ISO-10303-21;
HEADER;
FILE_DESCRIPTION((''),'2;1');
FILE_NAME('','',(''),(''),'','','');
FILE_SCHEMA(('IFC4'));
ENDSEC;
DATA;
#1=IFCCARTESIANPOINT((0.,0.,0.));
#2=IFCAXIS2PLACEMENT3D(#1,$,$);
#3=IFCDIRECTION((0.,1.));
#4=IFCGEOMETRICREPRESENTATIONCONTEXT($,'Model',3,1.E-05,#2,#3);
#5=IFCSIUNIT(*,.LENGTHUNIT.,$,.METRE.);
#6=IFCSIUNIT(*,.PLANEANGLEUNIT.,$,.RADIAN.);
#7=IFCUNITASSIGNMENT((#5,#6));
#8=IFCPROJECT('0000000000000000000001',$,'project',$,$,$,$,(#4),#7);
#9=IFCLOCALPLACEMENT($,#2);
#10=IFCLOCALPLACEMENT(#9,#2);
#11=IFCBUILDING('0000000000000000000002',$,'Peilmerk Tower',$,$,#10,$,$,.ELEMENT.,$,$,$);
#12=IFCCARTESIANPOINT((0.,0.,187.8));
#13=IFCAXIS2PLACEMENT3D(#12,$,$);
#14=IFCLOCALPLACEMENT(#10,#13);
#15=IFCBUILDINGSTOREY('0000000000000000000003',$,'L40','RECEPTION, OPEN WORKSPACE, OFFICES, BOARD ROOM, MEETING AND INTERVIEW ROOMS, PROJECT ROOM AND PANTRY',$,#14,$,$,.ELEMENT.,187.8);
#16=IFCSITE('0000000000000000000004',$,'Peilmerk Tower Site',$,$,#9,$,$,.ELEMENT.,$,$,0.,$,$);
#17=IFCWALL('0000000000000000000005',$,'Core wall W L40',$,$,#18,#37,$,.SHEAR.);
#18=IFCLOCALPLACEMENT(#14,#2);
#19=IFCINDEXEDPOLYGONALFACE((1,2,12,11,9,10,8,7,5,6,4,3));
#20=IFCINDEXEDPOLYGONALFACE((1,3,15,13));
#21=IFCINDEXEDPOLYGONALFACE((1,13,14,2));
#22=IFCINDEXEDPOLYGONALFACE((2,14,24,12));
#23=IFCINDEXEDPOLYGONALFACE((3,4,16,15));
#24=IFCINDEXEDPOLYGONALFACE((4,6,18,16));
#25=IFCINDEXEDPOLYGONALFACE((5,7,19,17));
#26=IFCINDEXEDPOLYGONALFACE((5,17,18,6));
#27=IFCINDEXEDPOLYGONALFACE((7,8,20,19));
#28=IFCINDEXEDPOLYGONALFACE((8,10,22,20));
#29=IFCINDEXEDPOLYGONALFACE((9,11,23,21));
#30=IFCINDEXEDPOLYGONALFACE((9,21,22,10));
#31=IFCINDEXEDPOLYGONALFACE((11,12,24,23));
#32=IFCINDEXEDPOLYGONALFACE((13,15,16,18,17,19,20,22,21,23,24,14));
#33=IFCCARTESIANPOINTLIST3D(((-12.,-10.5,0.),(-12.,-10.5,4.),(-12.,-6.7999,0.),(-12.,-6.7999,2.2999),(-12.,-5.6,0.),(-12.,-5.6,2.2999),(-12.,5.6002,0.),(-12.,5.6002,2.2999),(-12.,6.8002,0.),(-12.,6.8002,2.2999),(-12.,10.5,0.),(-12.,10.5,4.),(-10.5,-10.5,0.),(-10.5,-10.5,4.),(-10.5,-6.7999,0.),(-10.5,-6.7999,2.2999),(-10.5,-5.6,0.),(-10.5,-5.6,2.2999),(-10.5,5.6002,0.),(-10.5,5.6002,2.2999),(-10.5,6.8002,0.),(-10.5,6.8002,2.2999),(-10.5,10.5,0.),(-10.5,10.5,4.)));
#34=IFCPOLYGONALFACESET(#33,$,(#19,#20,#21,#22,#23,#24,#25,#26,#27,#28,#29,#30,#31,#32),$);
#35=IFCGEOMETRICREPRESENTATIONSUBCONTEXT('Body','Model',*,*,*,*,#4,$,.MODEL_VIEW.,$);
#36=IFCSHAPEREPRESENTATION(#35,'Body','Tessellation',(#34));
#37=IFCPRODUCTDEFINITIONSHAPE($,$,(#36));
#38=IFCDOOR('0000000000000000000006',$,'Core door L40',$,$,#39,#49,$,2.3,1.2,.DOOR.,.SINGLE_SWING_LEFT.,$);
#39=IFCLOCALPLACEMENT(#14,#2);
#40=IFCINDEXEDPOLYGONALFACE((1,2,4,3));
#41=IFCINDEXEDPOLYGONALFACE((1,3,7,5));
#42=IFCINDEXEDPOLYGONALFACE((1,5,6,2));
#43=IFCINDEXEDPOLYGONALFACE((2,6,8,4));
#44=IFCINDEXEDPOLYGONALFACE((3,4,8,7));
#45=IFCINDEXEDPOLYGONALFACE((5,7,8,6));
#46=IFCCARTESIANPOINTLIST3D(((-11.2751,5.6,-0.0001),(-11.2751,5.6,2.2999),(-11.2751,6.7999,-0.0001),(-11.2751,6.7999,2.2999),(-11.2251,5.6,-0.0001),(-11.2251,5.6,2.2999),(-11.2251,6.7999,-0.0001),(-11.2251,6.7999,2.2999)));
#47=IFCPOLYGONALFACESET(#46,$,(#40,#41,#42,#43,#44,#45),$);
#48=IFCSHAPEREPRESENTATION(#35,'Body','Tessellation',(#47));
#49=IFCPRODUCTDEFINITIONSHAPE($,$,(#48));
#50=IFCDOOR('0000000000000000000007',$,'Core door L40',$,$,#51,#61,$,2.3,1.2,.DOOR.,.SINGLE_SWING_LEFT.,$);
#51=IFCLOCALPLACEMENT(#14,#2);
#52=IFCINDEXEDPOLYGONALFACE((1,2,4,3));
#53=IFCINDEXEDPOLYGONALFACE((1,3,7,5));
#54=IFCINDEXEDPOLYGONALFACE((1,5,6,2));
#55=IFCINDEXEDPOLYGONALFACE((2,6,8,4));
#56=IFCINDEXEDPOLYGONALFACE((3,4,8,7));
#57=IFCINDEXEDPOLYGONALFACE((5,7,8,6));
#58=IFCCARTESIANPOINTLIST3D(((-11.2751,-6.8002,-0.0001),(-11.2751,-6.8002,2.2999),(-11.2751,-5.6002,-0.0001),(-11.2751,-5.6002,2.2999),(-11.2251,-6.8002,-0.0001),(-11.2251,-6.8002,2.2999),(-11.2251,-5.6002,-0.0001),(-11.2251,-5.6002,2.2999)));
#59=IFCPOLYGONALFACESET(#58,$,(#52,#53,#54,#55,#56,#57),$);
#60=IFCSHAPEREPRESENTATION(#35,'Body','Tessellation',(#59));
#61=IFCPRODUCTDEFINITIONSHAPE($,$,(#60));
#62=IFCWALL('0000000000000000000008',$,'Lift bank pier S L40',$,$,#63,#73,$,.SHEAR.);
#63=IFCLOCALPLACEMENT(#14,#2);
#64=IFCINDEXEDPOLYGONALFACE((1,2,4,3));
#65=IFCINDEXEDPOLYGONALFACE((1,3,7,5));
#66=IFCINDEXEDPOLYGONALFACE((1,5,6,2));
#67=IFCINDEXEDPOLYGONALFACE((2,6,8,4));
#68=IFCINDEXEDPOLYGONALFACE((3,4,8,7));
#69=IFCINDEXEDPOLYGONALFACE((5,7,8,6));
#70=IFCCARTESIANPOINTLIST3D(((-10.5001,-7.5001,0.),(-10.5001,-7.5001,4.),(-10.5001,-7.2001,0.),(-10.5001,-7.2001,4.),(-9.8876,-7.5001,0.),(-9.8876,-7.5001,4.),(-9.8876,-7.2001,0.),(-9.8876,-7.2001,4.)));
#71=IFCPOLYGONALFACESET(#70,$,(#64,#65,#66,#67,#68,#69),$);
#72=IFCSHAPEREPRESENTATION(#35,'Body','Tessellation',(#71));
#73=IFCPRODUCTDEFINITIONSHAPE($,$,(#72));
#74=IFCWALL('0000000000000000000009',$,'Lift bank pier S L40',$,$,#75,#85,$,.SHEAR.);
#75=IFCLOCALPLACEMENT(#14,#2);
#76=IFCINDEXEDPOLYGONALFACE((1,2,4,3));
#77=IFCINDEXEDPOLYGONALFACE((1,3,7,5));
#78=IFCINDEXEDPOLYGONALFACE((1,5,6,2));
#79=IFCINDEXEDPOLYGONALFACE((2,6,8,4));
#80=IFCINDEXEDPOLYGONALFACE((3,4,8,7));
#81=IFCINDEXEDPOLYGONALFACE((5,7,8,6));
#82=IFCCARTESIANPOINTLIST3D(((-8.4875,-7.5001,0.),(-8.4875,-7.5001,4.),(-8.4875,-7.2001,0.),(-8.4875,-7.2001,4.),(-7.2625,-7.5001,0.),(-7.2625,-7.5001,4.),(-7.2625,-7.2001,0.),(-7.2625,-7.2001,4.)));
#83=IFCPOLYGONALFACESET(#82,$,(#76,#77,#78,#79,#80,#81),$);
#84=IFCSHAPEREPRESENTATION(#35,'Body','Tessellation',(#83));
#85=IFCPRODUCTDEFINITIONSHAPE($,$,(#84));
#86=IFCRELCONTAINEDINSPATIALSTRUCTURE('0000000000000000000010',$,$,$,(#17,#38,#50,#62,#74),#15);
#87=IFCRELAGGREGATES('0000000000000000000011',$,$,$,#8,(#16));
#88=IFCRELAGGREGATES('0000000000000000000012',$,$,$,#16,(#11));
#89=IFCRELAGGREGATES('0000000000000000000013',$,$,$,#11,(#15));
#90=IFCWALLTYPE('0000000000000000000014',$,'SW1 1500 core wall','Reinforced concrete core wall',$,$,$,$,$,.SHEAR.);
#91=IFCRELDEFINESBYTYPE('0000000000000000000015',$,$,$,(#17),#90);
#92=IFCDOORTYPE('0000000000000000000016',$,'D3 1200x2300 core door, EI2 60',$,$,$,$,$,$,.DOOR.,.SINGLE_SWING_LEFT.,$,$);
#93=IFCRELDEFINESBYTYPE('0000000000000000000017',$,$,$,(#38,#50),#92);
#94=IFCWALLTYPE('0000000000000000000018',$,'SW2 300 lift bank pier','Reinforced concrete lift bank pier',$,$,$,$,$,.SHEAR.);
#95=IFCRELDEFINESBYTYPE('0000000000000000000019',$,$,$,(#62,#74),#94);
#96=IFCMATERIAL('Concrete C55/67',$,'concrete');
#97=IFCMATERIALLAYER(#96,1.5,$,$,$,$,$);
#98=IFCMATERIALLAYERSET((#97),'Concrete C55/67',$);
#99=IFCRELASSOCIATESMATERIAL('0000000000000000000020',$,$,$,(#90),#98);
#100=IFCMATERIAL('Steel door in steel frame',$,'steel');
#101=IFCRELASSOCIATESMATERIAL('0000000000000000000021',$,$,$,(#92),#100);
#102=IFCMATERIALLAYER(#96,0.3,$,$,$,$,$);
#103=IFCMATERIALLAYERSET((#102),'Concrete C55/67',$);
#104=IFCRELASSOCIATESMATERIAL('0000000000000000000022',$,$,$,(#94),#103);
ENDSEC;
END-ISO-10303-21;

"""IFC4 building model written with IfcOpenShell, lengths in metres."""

from ifc_helpers import new_model, si_unit, direction, frame, frame_2d, origin, place, context, subcontext, project, spatial, rectangle, extrude, material, layer, layer_set, type_object, element, fill, save


model = new_model("IFC4")

# Units and contexts
model_context = context("Model", 3, precision=1e-05, world=origin(), true_north=direction((0.0, 1.0)))
body_context = subcontext(model_context, "Body", "Model", "MODEL_VIEW")
ifc_project = project(units=[si_unit("LENGTHUNIT", "METRE"), si_unit("PLANEANGLEUNIT", "RADIAN")], contexts=[model_context])

# Site, building, storey
site_placement = place(None, origin())
site = spatial("IfcSite", under=ifc_project, at=site_placement, Name="Peilmerk Tower Site", CompositionType="ELEMENT", RefElevation=0.0)
building_placement = place(site_placement, origin())
building = spatial("IfcBuilding", under=site, at=building_placement, Name="Peilmerk Tower", CompositionType="ELEMENT")
storey_placement = place(building_placement, frame((0.0, 0.0, 187.8)))
storey = spatial("IfcBuildingStorey", under=building, at=storey_placement, Name="L40", Description="RECEPTION, OPEN WORKSPACE, OFFICES, BOARD ROOM, MEETING AND INTERVIEW ROOMS, PROJECT ROOM AND PANTRY", CompositionType="ELEMENT", Elevation=187.8)

# Wall, openings, doors
ifc_material_1 = material(Name="Concrete C55/67", Category="concrete")
ifc_layer_1 = layer(ifc_material_1, 1.5)
ifc_layer_set_1 = layer_set([ifc_layer_1], Name="Concrete C55/67")
wall_type_1 = type_object("IfcWallType", Name="SW1 1500 core wall", Description="Reinforced concrete core wall", PredefinedType="SHEAR", material=ifc_layer_set_1)
wall_1_placement = place(storey_placement, frame((-11.25, -10.5, 0.0), z_axis=(0.0, 0.0, 1.0), x_axis=(0.0, 1.0, 0.0)))
wall_1 = element("IfcWall", 1, at=wall_1_placement, inside=storey, type_object=wall_type_1, Name="Core wall W L40", PredefinedType="SHEAR", context=body_context, shape_type="SweptSolid", body=[
    extrude(rectangle(XDim=21.0, YDim=1.5, at=frame_2d((10.5, 0.0))), origin(), (0.0, 0.0, 1.0), 4.0),
])
opening_1_placement = place(wall_1_placement, frame((16.1001, 0.0, 0.0)))
opening_1 = element("IfcOpeningElement", 2, at=opening_1_placement, cuts=wall_1, PredefinedType="OPENING", context=body_context, shape_type="SweptSolid", body=[
    extrude(rectangle(XDim=1.2, YDim=2.3, at=frame_2d((0.6001, 1.1499))), frame((0.0, 0.76, 0.0), z_axis=(0.0, -1.0, 0.0), x_axis=(1.0, 0.0, 0.0)), (0.0, 0.0, 1.0), 1.52),
])
opening_2_placement = place(wall_1_placement, frame((3.7, 0.0, 0.0)))
opening_2 = element("IfcOpeningElement", 3, at=opening_2_placement, cuts=wall_1, PredefinedType="OPENING", context=body_context, shape_type="SweptSolid", body=[
    extrude(rectangle(XDim=1.2, YDim=2.3, at=frame_2d((0.6001, 1.1499))), frame((0.0, 0.76, 0.0), z_axis=(0.0, -1.0, 0.0), x_axis=(1.0, 0.0, 0.0)), (0.0, 0.0, 1.0), 1.52),
])
ifc_material_2 = material(Name="Steel door in steel frame", Category="steel")
door_type = type_object("IfcDoorType", Name="D3 1200x2300 core door, EI2 60", OperationType="SINGLE_SWING_LEFT", PredefinedType="DOOR", material=ifc_material_2)
door_1_placement = place(opening_1_placement, frame((1.2, 0.0, 0.0), z_axis=(0.0, 0.0, 1.0), x_axis=(-1.0, 0.0, 0.0)))
door_1 = element("IfcDoor", 4, at=door_1_placement, inside=storey, type_object=door_type, Name="Core door L40", OperationType="SINGLE_SWING_LEFT", OverallHeight=2.3, OverallWidth=1.2, PredefinedType="DOOR", context=body_context, shape_type="SweptSolid", body=[
    extrude(rectangle(XDim=1.2, YDim=2.3, at=frame_2d((0.6001, 1.1499))), frame((0.0, 0.0249, 0.0), z_axis=(0.0, -1.0, 0.0), x_axis=(1.0, 0.0, 0.0)), (0.0, 0.0, 1.0), 0.05),
])
fill(opening_1, door_1)
door_2_placement = place(opening_2_placement, frame((1.2, 0.0, 0.0), z_axis=(0.0, 0.0, 1.0), x_axis=(-1.0, 0.0, 0.0)))
door_2 = element("IfcDoor", 5, at=door_2_placement, inside=storey, type_object=door_type, Name="Core door L40", OperationType="SINGLE_SWING_LEFT", OverallHeight=2.3, OverallWidth=1.2, PredefinedType="DOOR", context=body_context, shape_type="SweptSolid", body=[
    extrude(rectangle(XDim=1.2, YDim=2.3, at=frame_2d((0.6001, 1.1499))), frame((0.0, 0.0249, 0.0), z_axis=(0.0, -1.0, 0.0), x_axis=(1.0, 0.0, 0.0)), (0.0, 0.0, 1.0), 0.05),
])
fill(opening_2, door_2)

# Walls
ifc_layer_2 = layer(ifc_material_1, 0.3)
ifc_layer_set_2 = layer_set([ifc_layer_2], Name="Concrete C55/67")
wall_type_2 = type_object("IfcWallType", Name="SW2 300 lift bank pier", Description="Reinforced concrete lift bank pier", PredefinedType="SHEAR", material=ifc_layer_set_2)
wall_2_placement = place(storey_placement, frame((-10.5, -7.3501, 0.0), z_axis=(0.0, 0.0, 1.0), x_axis=(1.0, 0.0, 0.0)))
element("IfcWall", 6, at=wall_2_placement, inside=storey, type_object=wall_type_2, Name="Lift bank pier S L40", PredefinedType="SHEAR", context=body_context, shape_type="SweptSolid", body=[
    extrude(rectangle(XDim=0.6125, YDim=0.3, at=frame_2d((0.3062, 0.0))), origin(), (0.0, 0.0, 1.0), 4.0),
])
wall_3_placement = place(storey_placement, frame((-8.4875, -7.3501, 0.0), z_axis=(0.0, 0.0, 1.0), x_axis=(1.0, 0.0, 0.0)))
element("IfcWall", 7, at=wall_3_placement, inside=storey, type_object=wall_type_2, Name="Lift bank pier S L40", PredefinedType="SHEAR", context=body_context, shape_type="SweptSolid", body=[
    extrude(rectangle(XDim=1.2251, YDim=0.3, at=frame_2d((0.6125, 0.0))), origin(), (0.0, 0.0, 1.0), 4.0),
])

save(model, "model.ifc")
